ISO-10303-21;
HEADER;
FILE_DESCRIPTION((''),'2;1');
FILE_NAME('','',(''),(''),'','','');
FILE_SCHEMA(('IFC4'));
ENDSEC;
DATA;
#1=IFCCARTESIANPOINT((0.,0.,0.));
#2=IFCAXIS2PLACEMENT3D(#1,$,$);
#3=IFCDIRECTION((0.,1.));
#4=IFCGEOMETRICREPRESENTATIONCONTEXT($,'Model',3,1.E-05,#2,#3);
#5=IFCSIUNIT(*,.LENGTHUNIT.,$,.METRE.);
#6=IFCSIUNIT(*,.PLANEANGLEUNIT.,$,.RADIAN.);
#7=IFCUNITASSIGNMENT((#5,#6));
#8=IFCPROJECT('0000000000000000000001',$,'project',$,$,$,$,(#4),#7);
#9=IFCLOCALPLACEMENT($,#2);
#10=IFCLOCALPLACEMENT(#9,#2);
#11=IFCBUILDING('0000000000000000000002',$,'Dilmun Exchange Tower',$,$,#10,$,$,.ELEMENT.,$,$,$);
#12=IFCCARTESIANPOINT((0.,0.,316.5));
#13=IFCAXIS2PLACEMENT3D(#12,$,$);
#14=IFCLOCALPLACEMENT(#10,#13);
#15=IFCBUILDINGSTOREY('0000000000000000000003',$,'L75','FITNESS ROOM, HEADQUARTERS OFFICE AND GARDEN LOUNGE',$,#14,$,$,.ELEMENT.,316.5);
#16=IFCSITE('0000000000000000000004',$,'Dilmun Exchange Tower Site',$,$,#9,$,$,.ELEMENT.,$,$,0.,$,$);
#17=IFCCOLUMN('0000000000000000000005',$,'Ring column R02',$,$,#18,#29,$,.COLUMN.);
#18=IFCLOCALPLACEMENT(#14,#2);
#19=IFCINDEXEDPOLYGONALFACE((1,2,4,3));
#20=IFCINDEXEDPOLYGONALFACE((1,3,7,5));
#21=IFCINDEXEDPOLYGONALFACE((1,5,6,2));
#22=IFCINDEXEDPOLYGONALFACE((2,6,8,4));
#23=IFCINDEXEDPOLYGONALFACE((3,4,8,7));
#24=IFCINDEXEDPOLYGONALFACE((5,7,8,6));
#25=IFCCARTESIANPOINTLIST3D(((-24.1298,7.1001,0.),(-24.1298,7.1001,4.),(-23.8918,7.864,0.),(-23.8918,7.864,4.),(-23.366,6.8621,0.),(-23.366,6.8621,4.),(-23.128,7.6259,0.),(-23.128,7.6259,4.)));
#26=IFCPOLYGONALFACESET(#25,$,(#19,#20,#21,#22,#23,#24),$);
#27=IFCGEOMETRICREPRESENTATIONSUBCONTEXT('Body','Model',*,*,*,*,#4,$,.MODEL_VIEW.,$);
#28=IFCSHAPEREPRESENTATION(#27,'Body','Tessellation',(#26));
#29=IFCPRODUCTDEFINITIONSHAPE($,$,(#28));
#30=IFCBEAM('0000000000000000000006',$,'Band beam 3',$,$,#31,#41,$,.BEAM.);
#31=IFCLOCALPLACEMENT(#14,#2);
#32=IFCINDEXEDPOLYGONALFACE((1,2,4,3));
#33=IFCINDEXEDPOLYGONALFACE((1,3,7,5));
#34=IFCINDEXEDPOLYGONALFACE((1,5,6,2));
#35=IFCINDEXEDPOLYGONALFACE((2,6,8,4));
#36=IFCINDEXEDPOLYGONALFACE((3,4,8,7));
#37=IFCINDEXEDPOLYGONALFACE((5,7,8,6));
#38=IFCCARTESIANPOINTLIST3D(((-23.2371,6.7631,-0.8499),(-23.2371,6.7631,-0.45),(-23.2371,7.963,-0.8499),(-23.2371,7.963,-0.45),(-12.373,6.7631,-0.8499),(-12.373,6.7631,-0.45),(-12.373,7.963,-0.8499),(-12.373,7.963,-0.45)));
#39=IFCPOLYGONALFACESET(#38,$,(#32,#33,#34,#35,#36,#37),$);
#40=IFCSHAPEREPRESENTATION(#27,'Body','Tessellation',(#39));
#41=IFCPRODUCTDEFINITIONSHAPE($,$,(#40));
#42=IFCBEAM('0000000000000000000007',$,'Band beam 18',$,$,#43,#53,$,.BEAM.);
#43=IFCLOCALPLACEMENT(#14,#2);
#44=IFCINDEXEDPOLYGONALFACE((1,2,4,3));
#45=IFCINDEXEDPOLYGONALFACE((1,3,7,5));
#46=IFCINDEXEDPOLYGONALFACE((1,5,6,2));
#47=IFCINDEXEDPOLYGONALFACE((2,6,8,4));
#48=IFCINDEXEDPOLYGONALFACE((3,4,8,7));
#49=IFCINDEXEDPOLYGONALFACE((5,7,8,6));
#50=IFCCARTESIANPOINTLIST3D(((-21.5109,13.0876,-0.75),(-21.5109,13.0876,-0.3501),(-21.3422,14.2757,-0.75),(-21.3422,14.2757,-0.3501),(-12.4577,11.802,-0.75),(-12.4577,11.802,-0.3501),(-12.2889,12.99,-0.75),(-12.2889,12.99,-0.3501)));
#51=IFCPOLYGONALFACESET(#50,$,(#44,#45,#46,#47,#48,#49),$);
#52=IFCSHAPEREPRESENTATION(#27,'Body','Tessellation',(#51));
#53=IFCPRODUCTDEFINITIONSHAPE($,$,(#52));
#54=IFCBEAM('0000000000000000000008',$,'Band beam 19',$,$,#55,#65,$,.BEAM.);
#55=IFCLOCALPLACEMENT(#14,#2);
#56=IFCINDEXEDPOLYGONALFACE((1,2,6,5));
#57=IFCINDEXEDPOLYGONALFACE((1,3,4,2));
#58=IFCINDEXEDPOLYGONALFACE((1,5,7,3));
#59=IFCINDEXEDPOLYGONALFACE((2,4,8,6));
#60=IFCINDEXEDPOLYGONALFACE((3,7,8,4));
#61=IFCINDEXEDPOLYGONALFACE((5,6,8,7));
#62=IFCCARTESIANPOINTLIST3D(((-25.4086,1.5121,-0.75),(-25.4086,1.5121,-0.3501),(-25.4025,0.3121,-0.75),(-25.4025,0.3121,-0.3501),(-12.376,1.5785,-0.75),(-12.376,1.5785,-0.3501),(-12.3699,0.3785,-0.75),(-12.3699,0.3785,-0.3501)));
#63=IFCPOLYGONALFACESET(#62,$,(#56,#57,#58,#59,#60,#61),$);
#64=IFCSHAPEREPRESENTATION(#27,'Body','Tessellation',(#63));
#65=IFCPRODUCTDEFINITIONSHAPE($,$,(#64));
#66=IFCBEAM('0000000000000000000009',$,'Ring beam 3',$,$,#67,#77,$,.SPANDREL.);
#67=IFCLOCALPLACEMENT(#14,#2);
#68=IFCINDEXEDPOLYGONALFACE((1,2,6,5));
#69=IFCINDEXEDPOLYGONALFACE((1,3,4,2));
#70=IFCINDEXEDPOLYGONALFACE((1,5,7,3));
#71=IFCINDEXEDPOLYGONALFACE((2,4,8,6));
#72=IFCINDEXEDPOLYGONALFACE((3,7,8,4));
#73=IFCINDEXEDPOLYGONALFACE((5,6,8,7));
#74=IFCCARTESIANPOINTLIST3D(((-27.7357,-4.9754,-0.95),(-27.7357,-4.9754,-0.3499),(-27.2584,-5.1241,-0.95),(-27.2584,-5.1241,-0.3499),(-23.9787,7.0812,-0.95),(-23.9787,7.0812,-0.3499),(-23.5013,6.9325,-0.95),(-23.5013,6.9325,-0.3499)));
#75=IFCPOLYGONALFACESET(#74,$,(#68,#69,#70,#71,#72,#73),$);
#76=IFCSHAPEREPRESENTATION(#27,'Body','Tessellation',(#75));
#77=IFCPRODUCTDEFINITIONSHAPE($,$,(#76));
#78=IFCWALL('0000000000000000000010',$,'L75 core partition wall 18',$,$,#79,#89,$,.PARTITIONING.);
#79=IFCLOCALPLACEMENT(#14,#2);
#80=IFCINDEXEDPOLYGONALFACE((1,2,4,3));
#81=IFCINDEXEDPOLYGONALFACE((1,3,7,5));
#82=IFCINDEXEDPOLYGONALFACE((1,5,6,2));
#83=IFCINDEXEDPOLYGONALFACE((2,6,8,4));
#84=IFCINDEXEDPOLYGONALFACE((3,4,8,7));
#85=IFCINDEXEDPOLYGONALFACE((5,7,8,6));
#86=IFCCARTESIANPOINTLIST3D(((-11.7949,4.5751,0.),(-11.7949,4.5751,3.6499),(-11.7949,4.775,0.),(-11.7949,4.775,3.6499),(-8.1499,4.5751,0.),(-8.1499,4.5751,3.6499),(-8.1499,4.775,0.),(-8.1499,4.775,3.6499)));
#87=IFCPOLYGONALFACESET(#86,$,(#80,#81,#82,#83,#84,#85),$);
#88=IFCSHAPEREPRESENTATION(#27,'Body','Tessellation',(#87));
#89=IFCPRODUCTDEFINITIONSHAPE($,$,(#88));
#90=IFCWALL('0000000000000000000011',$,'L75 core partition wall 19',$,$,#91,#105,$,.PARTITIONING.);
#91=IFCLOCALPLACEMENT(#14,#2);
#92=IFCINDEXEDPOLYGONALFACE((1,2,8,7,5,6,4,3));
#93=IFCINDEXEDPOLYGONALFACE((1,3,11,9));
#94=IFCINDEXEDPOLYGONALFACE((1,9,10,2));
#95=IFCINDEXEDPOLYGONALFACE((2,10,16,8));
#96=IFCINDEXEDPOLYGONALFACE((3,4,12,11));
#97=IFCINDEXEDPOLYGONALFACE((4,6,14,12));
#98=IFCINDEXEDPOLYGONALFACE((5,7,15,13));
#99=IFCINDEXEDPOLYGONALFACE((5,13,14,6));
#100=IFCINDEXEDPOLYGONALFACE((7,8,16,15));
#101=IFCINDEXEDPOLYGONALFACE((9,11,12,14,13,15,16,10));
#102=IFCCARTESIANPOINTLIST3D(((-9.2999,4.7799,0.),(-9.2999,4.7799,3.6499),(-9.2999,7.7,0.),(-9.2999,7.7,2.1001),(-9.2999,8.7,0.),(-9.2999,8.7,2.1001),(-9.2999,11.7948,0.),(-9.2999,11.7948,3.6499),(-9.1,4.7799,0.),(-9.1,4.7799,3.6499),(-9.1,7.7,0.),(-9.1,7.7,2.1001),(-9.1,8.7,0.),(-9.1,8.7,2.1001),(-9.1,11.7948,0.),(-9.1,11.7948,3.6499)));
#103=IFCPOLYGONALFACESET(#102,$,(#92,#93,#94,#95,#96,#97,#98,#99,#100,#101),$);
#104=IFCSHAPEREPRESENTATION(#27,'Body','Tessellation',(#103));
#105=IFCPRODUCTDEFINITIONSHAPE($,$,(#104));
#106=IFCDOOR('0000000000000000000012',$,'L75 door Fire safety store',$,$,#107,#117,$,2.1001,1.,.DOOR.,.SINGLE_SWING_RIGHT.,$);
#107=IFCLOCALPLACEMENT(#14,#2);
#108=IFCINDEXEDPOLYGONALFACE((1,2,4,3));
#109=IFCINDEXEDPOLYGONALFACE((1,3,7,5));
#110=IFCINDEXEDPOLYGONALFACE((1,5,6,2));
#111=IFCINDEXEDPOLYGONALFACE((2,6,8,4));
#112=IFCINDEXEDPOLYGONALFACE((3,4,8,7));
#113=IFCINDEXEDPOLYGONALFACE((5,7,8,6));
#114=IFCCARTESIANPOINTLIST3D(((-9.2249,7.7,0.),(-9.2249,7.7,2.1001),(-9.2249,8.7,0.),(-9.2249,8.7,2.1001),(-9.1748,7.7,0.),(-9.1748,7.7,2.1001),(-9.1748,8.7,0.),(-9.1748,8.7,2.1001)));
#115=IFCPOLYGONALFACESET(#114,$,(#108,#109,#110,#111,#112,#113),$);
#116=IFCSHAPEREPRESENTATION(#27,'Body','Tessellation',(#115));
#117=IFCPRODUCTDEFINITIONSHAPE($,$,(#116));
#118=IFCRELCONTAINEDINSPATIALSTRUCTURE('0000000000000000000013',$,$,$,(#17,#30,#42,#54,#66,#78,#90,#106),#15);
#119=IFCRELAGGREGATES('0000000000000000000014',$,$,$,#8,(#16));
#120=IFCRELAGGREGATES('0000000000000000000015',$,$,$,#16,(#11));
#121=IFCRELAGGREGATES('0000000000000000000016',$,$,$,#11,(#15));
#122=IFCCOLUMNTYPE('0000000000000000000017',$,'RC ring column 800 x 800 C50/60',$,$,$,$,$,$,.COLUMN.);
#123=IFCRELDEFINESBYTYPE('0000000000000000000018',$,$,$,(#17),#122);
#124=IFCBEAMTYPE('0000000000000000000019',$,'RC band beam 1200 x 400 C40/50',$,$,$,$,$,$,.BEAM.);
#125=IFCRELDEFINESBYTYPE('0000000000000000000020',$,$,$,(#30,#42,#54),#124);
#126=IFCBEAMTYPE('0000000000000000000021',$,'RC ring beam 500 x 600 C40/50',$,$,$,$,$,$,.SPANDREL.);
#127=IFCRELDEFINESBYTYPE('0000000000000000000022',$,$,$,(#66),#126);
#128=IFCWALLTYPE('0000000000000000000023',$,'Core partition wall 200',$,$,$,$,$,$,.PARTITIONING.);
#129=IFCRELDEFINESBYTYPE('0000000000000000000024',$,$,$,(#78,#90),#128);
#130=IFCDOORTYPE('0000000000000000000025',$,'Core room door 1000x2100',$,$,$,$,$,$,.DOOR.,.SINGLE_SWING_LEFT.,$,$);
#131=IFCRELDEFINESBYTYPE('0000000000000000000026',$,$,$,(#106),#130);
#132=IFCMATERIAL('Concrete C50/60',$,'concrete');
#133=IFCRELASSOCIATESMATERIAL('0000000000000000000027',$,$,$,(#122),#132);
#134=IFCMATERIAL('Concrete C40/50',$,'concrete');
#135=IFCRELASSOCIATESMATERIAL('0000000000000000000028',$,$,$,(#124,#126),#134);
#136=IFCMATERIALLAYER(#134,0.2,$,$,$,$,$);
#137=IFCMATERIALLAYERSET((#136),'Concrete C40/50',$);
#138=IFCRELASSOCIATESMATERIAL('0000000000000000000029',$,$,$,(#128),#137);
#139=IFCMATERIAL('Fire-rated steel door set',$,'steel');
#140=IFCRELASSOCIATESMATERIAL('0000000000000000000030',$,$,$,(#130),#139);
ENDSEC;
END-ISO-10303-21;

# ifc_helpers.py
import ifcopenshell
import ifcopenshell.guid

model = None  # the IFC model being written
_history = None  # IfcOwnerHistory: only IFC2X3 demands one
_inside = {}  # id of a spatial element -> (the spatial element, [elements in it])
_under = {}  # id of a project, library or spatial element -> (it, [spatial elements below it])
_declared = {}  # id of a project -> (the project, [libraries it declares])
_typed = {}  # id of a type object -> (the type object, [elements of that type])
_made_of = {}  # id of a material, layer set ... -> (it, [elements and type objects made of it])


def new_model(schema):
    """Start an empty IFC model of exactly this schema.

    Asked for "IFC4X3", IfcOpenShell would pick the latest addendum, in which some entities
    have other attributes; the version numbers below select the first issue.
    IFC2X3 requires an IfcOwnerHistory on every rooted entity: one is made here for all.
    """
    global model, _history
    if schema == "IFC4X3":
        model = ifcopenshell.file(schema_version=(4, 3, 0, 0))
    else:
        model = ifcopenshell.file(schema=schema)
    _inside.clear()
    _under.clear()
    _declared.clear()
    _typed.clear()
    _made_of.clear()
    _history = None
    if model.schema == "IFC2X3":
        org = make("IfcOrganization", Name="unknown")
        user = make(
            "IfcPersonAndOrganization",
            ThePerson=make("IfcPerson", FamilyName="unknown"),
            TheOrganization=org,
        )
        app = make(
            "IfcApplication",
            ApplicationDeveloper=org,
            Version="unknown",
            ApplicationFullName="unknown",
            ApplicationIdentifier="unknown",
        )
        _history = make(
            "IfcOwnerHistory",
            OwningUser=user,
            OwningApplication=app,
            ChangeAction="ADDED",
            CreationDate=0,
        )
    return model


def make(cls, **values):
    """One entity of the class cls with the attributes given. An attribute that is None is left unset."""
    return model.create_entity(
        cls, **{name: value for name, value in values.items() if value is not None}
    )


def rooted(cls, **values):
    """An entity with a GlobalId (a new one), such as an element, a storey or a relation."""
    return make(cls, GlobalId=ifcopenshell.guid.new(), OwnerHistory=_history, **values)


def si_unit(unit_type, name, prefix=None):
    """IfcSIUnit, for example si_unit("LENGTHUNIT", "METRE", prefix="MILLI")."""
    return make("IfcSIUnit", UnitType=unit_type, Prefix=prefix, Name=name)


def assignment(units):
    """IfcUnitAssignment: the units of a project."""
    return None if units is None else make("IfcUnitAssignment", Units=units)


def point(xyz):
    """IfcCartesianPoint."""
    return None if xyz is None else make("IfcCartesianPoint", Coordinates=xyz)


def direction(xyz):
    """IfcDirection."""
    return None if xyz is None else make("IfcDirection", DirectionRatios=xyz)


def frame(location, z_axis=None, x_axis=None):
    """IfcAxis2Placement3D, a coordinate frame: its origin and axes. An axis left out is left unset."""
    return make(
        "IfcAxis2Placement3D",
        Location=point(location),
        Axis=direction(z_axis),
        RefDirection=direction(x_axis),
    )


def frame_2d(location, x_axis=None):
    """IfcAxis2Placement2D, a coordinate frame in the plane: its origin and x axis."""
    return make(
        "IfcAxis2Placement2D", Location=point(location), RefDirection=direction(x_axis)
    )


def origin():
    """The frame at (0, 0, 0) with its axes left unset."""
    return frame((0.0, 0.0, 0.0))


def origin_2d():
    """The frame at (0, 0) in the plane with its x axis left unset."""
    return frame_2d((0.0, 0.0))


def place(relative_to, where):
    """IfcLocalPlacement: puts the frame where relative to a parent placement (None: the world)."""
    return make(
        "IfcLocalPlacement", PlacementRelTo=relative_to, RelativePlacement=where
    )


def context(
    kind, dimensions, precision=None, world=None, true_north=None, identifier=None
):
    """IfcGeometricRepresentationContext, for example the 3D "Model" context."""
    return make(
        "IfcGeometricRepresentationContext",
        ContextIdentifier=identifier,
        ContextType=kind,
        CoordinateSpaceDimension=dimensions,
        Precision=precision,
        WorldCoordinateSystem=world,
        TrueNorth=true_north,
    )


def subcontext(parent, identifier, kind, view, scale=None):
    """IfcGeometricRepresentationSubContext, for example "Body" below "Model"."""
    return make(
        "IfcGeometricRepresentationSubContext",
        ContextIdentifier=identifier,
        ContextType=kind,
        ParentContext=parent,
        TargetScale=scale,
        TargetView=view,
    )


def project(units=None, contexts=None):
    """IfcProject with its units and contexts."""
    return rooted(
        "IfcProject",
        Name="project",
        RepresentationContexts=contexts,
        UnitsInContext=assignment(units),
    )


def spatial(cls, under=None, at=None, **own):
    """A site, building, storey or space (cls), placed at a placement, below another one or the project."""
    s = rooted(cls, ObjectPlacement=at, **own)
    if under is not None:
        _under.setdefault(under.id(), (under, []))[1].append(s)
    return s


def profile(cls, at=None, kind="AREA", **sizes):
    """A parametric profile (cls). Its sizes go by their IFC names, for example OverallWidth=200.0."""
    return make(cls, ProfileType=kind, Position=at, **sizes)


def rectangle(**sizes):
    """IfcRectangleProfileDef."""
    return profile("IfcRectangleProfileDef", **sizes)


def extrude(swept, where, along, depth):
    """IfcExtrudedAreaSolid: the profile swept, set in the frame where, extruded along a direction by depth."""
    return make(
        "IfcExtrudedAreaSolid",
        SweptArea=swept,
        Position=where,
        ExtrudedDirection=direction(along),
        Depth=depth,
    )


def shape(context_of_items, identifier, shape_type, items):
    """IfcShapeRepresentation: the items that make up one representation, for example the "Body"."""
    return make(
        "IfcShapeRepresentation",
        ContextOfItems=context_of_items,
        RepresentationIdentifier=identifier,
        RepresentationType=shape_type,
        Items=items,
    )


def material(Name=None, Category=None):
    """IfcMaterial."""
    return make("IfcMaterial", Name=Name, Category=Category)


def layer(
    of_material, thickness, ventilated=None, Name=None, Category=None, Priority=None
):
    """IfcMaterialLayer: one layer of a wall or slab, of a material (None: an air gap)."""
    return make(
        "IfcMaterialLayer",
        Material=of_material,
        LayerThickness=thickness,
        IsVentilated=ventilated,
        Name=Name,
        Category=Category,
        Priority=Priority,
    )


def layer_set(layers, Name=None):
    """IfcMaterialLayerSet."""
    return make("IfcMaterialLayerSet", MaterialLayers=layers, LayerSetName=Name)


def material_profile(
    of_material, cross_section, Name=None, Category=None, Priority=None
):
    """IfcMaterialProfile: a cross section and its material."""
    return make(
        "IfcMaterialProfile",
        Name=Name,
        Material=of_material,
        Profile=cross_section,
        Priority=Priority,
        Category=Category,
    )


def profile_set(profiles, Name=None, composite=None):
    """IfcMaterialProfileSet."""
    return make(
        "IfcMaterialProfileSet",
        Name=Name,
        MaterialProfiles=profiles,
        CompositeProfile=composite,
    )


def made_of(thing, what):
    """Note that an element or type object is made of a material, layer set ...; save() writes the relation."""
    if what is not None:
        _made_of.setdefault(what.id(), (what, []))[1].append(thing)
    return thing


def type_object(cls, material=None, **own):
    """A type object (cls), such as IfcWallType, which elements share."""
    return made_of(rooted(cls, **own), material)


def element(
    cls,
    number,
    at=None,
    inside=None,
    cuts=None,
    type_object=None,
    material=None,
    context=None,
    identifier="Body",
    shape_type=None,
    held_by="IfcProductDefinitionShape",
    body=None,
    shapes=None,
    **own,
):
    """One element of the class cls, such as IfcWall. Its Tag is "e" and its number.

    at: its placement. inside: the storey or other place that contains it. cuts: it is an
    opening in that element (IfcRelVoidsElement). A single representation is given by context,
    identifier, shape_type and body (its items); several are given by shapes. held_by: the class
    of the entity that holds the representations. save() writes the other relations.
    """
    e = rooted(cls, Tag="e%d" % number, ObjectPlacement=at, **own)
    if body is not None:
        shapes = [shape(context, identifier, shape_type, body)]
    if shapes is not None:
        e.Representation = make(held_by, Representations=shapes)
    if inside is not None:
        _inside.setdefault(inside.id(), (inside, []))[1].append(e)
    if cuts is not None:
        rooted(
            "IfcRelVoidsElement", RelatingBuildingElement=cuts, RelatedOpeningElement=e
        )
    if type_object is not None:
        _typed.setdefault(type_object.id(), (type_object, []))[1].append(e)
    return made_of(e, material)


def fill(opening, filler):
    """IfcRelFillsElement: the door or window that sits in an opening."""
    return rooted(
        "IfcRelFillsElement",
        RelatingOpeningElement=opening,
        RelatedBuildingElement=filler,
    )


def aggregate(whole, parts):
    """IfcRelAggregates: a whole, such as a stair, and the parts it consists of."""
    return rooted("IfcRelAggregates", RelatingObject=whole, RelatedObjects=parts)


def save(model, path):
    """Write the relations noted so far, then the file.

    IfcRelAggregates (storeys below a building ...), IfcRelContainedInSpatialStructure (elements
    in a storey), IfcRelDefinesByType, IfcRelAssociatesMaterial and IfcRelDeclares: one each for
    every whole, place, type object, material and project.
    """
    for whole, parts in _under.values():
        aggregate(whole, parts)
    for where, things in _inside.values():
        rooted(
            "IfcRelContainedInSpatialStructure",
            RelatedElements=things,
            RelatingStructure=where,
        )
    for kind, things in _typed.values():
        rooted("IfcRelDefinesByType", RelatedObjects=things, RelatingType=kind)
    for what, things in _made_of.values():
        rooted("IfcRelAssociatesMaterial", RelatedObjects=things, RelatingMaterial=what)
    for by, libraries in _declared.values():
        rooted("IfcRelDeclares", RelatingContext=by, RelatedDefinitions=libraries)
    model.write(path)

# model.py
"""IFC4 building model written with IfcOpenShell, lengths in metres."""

from ifc_helpers import new_model, si_unit, direction, frame, frame_2d, origin, origin_2d, place, context, subcontext, project, spatial, rectangle, extrude, material, layer, layer_set, material_profile, profile_set, type_object, element, fill, save


model = new_model("IFC4")

# Units and contexts
model_context = context("Model", 3, precision=1e-05, world=origin(), true_north=direction((0.0, 1.0)))
body_context = subcontext(model_context, "Body", "Model", "MODEL_VIEW")
ifc_project = project(units=[si_unit("LENGTHUNIT", "METRE"), si_unit("PLANEANGLEUNIT", "RADIAN")], contexts=[model_context])

# Site, building, storey
site_placement = place(None, origin())
site = spatial("IfcSite", under=ifc_project, at=site_placement, Name="Dilmun Exchange Tower Site", CompositionType="ELEMENT", RefElevation=0.0)
building_placement = place(site_placement, origin())
building = spatial("IfcBuilding", under=site, at=building_placement, Name="Dilmun Exchange Tower", CompositionType="ELEMENT")
storey_placement = place(building_placement, frame((0.0, 0.0, 316.5)))
storey = spatial("IfcBuildingStorey", under=building, at=storey_placement, Name="L75", Description="FITNESS ROOM, HEADQUARTERS OFFICE AND GARDEN LOUNGE", CompositionType="ELEMENT", Elevation=316.5)

# Column
ifc_material_1 = material(Name="Concrete C50/60", Category="concrete")
ifc_material_profile_1 = material_profile(ifc_material_1, rectangle(XDim=0.8, YDim=0.8, at=origin_2d()), Name="800 x 800")
ifc_profile_set_1 = profile_set([ifc_material_profile_1], Name="Concrete C50/60")
column_type = type_object("IfcColumnType", Name="RC ring column 800 x 800 C50/60", PredefinedType="COLUMN", material=ifc_profile_set_1)
column_placement = place(storey_placement, frame((-23.6289, 7.363, 0.0), z_axis=(0.0, 0.0, 1.0), x_axis=(0.297503, 0.954721, 0.0)))
element("IfcColumn", 1, at=column_placement, inside=storey, type_object=column_type, Name="Ring column R02", PredefinedType="COLUMN", context=body_context, shape_type="SweptSolid", body=[
    extrude(rectangle(XDim=0.8, YDim=0.8, at=origin_2d()), origin(), (0.0, 0.0, 1.0), 4.0),
])

# Beams
ifc_material_2 = material(Name="Concrete C40/50", Category="concrete")
ifc_material_profile_2 = material_profile(ifc_material_2, rectangle(XDim=1.2, YDim=0.3999, at=origin_2d()), Name="1200 x 400")
ifc_profile_set_2 = profile_set([ifc_material_profile_2], Name="Concrete C40/50")
beam_type_1 = type_object("IfcBeamType", Name="RC band beam 1200 x 400 C40/50", PredefinedType="BEAM", material=ifc_profile_set_2)
beam_1_placement = place(storey_placement, frame((-23.2371, 7.363, -0.6499), z_axis=(1.0, 0.0, 0.0), x_axis=(0.0, 1.0, 0.0)))
element("IfcBeam", 2, at=beam_1_placement, inside=storey, type_object=beam_type_1, Name="Band beam 3", PredefinedType="BEAM", context=body_context, shape_type="SweptSolid", body=[
    extrude(rectangle(XDim=1.2, YDim=0.3999, at=origin_2d()), origin(), (0.0, 0.0, 1.0), 10.864),
])
beam_2_placement = place(storey_placement, frame((-21.4265, 13.6816, -0.55), z_axis=(0.990067, -0.140599, 0.0), x_axis=(0.140599, 0.990067, 0.0)))
element("IfcBeam", 3, at=beam_2_placement, inside=storey, type_object=beam_type_1, Name="Band beam 18", PredefinedType="BEAM", context=body_context, shape_type="SweptSolid", body=[
    extrude(rectangle(XDim=1.2, YDim=0.3999, at=origin_2d()), origin(), (0.0, 0.0, 1.0), 9.144),
])
beam_3_placement = place(storey_placement, frame((-25.4055, 0.9121, -0.55), z_axis=(0.999987, 0.005095, 0.0), x_axis=(-0.005095, 0.999987, 0.0)))
element("IfcBeam", 4, at=beam_3_placement, inside=storey, type_object=beam_type_1, Name="Band beam 19", PredefinedType="BEAM", context=body_context, shape_type="SweptSolid", body=[
    extrude(rectangle(XDim=1.2, YDim=0.3999, at=origin_2d()), origin(), (0.0, 0.0, 1.0), 13.0327),
])
ifc_material_profile_3 = material_profile(ifc_material_2, rectangle(XDim=0.5, YDim=0.6001, at=origin_2d()), Name="500 x 600")
ifc_profile_set_3 = profile_set([ifc_material_profile_3], Name="Concrete C40/50")
beam_type_2 = type_object("IfcBeamType", Name="RC ring beam 500 x 600 C40/50", PredefinedType="SPANDREL", material=ifc_profile_set_3)
beam_4_placement = place(storey_placement, frame((-23.74, 7.0068, -0.6499), z_axis=(-0.297509, -0.954719, 0.0), x_axis=(0.954719, -0.297509, 0.0)))
element("IfcBeam", 5, at=beam_4_placement, inside=storey, type_object=beam_type_2, Name="Ring beam 3", PredefinedType="SPANDREL", context=body_context, shape_type="SweptSolid", body=[
    extrude(rectangle(XDim=0.5, YDim=0.6001, at=origin_2d()), origin(), (0.0, 0.0, 1.0), 12.6284),
])

# Wall
ifc_layer_1 = layer(ifc_material_2, 0.2)
ifc_layer_set_1 = layer_set([ifc_layer_1], Name="Concrete C40/50")
wall_type_1 = type_object("IfcWallType", Name="Core partition wall 200", PredefinedType="PARTITIONING", material=ifc_layer_set_1)
wall_1_placement = place(storey_placement, frame((-11.7949, 4.675, 0.0), z_axis=(0.0, 0.0, 1.0), x_axis=(1.0, 0.0, 0.0)))
element("IfcWall", 6, at=wall_1_placement, inside=storey, type_object=wall_type_1, Name="L75 core partition wall 18", PredefinedType="PARTITIONING", context=body_context, shape_type="SweptSolid", body=[
    extrude(rectangle(XDim=3.645, YDim=0.2, at=frame_2d((1.8225, 0.0))), origin(), (0.0, 0.0, 1.0), 3.6499),
])

# Wall, opening, door
wall_2_placement = place(storey_placement, frame((-9.2, 4.78, 0.0), z_axis=(0.0, 0.0, 1.0), x_axis=(0.0, 1.0, 0.0)))
wall_2 = element("IfcWall", 7, at=wall_2_placement, inside=storey, type_object=wall_type_1, Name="L75 core partition wall 19", PredefinedType="PARTITIONING", context=body_context, shape_type="SweptSolid", body=[
    extrude(rectangle(XDim=7.0149, YDim=0.2, at=frame_2d((3.5073, 0.0))), origin(), (0.0, 0.0, 1.0), 3.6499),
])
opening_1_placement = place(wall_2_placement, frame((2.9199, 0.0, 0.0)))
opening_1 = element("IfcOpeningElement", 8, at=opening_1_placement, cuts=wall_2, PredefinedType="OPENING", context=body_context, shape_type="SweptSolid", body=[
    extrude(rectangle(XDim=1.0, YDim=2.1001, at=frame_2d((0.5, 1.05))), frame((0.0, 0.1099, 0.0), z_axis=(0.0, -1.0, 0.0), x_axis=(1.0, 0.0, 0.0)), (0.0, 0.0, 1.0), 0.22),
])
ifc_material_3 = material(Name="Fire-rated steel door set", Category="steel")
door_type_1 = type_object("IfcDoorType", Name="Core room door 1000x2100", OperationType="SINGLE_SWING_LEFT", PredefinedType="DOOR", material=ifc_material_3)
door_1_placement = place(opening_1_placement, origin())
door_1 = element("IfcDoor", 9, at=door_1_placement, inside=storey, type_object=door_type_1, Name="L75 door Fire safety store", OperationType="SINGLE_SWING_RIGHT", OverallHeight=2.1001, OverallWidth=1.0, PredefinedType="DOOR", context=body_context, shape_type="SweptSolid", body=[
    extrude(rectangle(XDim=1.0, YDim=2.1001, at=frame_2d((0.5, 1.05))), frame((0.0, 0.0249, 0.0), z_axis=(0.0, -1.0, 0.0), x_axis=(1.0, 0.0, 0.0)), (0.0, 0.0, 1.0), 0.05),
])
fill(opening_1, door_1)

save(model, "model.ifc")
